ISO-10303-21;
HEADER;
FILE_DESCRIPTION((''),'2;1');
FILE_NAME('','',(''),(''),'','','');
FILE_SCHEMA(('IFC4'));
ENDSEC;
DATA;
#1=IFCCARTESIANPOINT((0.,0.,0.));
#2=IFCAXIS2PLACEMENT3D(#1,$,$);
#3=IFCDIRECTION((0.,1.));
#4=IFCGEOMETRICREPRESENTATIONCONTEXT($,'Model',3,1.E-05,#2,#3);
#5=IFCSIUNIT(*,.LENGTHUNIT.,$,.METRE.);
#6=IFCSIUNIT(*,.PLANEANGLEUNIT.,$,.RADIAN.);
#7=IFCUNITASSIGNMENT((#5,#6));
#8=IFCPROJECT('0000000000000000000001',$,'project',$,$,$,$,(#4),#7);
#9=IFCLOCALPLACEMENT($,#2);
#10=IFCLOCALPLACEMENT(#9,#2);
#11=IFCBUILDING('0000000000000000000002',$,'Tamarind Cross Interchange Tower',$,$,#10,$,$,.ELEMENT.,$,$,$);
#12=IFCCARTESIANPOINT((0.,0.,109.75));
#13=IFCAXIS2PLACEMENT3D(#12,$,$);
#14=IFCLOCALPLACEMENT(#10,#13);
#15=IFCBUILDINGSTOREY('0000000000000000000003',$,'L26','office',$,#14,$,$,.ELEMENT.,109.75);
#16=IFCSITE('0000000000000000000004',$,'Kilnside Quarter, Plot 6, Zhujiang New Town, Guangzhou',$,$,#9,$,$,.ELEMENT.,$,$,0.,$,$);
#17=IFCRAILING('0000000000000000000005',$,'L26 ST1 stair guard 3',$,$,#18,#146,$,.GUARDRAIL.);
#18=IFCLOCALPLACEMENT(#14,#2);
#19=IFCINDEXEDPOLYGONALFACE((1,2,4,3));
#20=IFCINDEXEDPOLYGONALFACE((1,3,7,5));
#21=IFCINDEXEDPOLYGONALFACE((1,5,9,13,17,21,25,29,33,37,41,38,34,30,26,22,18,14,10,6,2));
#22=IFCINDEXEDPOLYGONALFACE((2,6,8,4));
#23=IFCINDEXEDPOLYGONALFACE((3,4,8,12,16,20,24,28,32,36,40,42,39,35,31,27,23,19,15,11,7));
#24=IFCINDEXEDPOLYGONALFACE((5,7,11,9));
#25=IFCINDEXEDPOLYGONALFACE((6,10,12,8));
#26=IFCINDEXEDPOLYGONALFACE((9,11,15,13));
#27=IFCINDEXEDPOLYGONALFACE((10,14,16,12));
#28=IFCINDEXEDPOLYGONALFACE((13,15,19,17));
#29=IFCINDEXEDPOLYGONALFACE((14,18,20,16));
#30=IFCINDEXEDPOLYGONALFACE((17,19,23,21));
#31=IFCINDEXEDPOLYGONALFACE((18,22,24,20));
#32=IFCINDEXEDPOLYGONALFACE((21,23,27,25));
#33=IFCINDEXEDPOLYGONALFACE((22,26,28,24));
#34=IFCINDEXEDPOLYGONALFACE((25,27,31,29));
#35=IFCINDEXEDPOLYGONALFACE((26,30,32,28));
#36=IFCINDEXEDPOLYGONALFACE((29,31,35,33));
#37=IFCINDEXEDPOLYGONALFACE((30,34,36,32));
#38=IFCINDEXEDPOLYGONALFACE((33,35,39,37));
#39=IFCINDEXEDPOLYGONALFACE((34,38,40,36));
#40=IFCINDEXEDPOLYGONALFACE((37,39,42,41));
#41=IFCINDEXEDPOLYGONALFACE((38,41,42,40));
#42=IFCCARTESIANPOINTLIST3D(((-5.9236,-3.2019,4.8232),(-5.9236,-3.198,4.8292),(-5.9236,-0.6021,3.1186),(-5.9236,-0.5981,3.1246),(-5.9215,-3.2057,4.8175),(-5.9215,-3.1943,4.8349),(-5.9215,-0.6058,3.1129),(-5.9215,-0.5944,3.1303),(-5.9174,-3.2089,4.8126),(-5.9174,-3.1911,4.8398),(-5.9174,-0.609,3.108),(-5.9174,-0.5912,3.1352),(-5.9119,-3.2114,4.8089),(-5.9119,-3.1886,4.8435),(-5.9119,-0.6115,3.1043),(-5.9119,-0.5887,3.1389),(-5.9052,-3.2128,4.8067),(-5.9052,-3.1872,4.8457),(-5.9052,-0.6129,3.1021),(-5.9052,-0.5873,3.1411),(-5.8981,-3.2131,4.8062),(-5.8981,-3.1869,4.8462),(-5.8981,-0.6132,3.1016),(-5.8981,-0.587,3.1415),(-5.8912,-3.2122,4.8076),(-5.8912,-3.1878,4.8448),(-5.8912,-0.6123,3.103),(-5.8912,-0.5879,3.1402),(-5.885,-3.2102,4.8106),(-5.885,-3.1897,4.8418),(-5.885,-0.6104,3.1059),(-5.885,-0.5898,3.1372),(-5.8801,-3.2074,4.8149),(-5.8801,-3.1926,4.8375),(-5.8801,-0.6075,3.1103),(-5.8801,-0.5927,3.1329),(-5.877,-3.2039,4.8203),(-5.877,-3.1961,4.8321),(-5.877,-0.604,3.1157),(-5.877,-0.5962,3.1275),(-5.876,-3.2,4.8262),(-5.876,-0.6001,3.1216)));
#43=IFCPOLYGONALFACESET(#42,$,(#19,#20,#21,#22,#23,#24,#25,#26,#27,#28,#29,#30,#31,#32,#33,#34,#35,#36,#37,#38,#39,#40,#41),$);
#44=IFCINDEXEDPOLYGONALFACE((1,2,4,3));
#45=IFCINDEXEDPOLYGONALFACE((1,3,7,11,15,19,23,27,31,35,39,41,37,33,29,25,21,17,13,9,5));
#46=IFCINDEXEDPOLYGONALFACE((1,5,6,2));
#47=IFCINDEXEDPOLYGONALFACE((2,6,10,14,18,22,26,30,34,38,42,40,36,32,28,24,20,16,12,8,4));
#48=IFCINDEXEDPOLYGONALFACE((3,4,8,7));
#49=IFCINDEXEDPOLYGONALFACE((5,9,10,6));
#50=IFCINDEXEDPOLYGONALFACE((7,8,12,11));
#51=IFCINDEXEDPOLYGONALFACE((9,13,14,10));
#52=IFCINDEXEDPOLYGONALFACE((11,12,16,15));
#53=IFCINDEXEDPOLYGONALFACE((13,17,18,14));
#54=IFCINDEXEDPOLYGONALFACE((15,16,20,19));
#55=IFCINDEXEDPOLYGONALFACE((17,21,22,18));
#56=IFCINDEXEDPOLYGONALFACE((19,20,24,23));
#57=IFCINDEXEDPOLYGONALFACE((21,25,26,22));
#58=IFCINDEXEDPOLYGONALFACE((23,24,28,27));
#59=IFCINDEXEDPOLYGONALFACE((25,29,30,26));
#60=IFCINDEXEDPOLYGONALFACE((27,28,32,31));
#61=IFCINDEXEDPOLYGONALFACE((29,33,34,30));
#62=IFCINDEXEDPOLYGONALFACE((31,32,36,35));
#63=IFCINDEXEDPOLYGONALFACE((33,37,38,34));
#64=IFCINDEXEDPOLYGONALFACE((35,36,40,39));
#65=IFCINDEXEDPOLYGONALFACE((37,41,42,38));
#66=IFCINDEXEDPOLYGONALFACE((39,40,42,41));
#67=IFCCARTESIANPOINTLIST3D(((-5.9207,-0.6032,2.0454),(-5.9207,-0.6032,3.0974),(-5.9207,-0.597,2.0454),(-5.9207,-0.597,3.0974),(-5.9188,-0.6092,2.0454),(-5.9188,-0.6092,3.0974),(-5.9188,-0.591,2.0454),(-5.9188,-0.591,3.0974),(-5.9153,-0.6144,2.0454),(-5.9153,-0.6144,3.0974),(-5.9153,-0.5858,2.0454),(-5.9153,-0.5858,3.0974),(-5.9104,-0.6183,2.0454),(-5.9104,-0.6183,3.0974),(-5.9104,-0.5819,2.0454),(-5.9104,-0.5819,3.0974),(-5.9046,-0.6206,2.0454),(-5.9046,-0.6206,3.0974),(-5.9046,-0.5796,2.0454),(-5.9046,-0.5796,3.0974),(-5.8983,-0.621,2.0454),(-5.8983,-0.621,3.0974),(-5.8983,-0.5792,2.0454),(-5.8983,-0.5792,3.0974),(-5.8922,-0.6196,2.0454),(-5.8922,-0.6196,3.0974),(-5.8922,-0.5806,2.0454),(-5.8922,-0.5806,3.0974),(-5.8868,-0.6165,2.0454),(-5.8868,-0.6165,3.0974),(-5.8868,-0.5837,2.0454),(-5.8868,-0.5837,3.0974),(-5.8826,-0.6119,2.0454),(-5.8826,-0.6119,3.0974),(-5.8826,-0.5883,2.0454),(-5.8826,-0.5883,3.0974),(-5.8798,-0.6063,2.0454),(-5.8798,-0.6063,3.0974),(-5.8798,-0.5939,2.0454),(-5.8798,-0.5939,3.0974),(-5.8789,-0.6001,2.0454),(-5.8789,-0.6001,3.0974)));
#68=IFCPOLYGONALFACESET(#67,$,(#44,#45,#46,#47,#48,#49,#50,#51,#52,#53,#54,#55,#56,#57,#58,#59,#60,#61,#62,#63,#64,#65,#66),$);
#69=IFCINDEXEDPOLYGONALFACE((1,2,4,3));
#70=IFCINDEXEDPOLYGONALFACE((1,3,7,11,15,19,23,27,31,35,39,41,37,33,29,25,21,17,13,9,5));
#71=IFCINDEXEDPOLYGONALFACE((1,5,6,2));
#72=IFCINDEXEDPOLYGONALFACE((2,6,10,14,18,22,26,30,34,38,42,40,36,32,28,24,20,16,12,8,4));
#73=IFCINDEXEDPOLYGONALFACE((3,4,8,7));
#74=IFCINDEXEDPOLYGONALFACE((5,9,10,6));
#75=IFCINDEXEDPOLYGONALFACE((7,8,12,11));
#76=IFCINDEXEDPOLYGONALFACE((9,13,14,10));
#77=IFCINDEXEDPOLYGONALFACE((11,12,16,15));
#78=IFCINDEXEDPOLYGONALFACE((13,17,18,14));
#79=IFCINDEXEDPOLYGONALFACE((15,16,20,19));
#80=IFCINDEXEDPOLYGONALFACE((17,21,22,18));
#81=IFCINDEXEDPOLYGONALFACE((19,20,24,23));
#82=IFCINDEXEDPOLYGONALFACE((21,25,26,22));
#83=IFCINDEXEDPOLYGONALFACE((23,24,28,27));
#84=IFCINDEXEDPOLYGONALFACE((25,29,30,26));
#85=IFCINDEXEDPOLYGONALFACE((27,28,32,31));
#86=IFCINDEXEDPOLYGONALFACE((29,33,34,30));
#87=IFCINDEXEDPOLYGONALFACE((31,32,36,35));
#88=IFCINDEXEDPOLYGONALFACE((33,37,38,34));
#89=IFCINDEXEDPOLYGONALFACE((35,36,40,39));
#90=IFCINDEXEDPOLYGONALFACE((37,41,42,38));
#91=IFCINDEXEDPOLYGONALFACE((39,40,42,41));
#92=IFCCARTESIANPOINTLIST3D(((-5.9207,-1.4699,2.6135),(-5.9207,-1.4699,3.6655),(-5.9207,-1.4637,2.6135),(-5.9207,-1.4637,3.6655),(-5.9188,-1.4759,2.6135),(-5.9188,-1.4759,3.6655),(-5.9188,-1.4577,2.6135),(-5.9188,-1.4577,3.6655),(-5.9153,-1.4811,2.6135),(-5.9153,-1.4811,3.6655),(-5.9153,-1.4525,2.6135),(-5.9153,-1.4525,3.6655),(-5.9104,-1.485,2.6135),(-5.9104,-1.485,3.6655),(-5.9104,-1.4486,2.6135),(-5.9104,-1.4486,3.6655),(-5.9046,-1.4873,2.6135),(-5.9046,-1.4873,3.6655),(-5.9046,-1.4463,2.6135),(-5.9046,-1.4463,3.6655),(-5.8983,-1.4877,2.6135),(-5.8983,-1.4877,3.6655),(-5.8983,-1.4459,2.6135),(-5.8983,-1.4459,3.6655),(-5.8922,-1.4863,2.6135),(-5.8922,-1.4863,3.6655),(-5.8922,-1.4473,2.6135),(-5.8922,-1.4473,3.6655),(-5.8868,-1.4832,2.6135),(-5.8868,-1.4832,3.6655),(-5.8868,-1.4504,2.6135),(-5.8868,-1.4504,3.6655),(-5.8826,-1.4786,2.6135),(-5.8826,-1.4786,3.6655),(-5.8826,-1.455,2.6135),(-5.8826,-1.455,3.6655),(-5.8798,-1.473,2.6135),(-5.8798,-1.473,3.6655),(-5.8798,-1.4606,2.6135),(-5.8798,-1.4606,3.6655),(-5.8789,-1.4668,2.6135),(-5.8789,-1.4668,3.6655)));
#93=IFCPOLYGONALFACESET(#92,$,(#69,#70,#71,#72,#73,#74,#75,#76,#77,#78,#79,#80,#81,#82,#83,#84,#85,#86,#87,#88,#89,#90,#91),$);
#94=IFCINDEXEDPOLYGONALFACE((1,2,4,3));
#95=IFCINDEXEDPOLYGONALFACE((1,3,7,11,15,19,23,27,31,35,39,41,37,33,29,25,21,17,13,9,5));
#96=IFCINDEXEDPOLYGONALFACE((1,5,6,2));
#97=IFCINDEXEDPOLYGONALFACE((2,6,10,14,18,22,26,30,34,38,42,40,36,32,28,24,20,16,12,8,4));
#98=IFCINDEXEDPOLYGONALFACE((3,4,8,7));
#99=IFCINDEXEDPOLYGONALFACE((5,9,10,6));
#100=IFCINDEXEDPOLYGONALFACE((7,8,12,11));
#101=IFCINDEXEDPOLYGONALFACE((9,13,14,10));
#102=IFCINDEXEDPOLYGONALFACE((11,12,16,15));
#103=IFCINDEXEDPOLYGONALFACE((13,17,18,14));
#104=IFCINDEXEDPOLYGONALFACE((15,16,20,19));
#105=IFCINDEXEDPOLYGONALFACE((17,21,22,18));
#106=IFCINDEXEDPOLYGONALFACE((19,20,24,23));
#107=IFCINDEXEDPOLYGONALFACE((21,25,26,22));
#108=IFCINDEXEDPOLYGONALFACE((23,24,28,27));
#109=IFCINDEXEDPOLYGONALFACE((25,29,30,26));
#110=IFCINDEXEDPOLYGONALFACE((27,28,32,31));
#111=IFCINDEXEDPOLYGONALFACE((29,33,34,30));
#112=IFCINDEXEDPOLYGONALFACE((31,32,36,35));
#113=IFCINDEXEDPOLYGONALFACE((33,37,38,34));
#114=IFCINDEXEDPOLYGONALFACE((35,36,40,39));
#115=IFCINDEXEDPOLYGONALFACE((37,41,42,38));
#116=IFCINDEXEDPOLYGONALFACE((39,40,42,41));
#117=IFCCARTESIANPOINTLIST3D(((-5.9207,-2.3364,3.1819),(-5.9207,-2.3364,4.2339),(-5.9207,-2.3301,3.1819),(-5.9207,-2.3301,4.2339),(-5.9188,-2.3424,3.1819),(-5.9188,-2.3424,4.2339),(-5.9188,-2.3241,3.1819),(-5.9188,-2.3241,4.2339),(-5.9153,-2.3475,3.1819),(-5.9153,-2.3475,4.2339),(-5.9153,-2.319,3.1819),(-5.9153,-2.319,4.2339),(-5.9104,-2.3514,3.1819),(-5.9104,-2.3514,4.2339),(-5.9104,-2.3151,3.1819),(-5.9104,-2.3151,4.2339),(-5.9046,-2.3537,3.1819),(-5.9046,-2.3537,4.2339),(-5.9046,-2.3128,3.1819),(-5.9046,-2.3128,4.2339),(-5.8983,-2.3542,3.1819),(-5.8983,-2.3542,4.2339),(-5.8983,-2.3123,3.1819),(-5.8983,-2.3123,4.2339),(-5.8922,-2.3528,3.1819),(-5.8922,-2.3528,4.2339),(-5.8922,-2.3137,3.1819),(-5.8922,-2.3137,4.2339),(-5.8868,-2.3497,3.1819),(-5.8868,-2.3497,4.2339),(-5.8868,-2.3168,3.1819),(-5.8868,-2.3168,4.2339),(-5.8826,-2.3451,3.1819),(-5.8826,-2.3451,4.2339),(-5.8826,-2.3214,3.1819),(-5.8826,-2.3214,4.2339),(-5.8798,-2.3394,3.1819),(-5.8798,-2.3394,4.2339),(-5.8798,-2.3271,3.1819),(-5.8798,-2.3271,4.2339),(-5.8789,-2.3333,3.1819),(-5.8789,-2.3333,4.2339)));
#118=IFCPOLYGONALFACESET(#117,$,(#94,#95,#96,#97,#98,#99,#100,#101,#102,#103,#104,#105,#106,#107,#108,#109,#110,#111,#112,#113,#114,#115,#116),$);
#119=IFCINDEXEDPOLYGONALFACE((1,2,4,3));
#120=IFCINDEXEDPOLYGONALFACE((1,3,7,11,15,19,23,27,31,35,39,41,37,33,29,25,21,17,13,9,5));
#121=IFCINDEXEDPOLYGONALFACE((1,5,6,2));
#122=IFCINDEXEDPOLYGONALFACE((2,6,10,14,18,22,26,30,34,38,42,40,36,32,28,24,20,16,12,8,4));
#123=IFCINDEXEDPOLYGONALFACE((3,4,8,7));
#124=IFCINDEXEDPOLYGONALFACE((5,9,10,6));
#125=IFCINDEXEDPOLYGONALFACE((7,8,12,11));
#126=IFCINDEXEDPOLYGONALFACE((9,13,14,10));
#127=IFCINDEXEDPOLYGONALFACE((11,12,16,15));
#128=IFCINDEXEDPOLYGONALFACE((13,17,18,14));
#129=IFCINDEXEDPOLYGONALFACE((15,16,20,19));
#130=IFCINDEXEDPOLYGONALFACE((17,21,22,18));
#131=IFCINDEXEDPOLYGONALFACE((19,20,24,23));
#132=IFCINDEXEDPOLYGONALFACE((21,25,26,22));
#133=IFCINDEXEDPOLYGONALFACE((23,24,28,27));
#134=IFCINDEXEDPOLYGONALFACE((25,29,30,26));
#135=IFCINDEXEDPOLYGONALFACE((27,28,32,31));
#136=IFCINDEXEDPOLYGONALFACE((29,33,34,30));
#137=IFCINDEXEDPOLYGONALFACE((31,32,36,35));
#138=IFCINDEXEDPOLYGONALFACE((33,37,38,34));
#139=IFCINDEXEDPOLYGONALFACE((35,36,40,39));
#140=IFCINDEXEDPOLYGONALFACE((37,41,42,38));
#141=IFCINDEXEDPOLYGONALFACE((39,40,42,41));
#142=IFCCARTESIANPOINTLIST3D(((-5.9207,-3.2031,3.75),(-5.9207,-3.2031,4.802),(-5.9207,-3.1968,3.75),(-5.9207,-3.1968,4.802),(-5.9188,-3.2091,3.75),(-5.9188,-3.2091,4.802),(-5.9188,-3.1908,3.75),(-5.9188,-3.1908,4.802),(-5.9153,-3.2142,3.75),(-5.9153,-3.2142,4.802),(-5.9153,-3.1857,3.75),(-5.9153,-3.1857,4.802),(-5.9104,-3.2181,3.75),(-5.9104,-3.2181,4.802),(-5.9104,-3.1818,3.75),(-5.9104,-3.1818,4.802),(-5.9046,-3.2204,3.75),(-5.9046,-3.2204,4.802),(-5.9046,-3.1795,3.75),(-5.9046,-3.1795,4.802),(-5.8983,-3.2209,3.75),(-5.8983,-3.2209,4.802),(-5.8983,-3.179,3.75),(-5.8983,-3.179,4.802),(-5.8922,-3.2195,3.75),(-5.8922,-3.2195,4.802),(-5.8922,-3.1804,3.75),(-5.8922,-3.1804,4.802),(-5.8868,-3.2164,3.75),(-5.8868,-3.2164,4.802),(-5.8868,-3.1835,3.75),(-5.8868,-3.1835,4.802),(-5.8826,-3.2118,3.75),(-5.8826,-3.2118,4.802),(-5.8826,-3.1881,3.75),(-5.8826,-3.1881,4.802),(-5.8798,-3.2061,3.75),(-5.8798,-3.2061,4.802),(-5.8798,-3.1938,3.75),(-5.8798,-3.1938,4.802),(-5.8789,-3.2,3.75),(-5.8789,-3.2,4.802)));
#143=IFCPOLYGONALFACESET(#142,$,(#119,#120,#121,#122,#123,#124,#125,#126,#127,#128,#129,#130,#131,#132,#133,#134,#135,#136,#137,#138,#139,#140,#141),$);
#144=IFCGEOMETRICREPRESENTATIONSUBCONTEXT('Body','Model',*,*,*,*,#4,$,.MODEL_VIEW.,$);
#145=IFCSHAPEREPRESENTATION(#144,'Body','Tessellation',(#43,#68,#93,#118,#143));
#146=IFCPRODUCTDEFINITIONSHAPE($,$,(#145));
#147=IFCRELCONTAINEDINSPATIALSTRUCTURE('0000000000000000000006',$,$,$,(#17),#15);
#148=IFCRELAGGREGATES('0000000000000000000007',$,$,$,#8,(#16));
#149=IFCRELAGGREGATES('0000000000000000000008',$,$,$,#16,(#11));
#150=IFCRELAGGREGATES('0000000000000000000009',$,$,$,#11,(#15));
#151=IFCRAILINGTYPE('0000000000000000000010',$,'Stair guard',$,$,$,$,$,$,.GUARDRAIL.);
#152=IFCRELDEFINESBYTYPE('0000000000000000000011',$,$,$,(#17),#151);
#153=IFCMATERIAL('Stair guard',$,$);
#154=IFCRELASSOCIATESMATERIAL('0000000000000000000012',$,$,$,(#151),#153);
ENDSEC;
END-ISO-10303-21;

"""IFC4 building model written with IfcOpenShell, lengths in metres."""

from ifc_helpers import new_model, si_unit, direction, frame, origin, origin_2d, place, context, subcontext, project, spatial, circle, extrude, material, type_object, element, save


model = new_model("IFC4")

# Units and contexts
model_context = context("Model", 3, precision=1e-05, world=origin(), true_north=direction((0.0, 1.0)))
body_context = subcontext(model_context, "Body", "Model", "MODEL_VIEW")
ifc_project = project(units=[si_unit("LENGTHUNIT", "METRE"), si_unit("PLANEANGLEUNIT", "RADIAN")], contexts=[model_context])

# Site, building, storey
site_placement = place(None, origin())
site = spatial("IfcSite", under=ifc_project, at=site_placement, Name="Kilnside Quarter, Plot 6, Zhujiang New Town, Guangzhou", CompositionType="ELEMENT", RefElevation=0.0)
building_placement = place(site_placement, origin())
building = spatial("IfcBuilding", under=site, at=building_placement, Name="Tamarind Cross Interchange Tower", CompositionType="ELEMENT")
storey_placement = place(building_placement, frame((0.0, 0.0, 109.75)))
storey = spatial("IfcBuildingStorey", under=building, at=storey_placement, Name="L26", Description="office", CompositionType="ELEMENT", Elevation=109.75)

# Railing
ifc_material_1 = material(Name="Stair guard")
railing_type_1 = type_object("IfcRailingType", Name="Stair guard", PredefinedType="GUARDRAIL", material=ifc_material_1)
railing_1_placement = place(storey_placement, frame((-5.8999, -0.6001, 2.0454)))
element("IfcRailing", 1, at=railing_1_placement, inside=storey, type_object=railing_type_1, Name="L26 ST1 stair guard 3", PredefinedType="GUARDRAIL", context=body_context, shape_type="SweptSolid", body=[
    extrude(circle(Radius=0.0239, at=origin_2d()), frame((0.0, 0.0, 1.0762), z_axis=(0.0, -0.836279, 0.548305), x_axis=(1.0, 0.0, 0.0)), (0.0, 0.0, 1.0), 3.1089),
    extrude(circle(Radius=0.021, at=origin_2d()), origin(), (0.0, 0.0, 1.0), 1.052),
    extrude(circle(Radius=0.021, at=origin_2d()), frame((0.0, -0.8667, 0.5681)), (0.0, 0.0, 1.0), 1.052),
    extrude(circle(Radius=0.021, at=origin_2d()), frame((0.0, -1.7332, 1.1365)), (0.0, 0.0, 1.0), 1.052),
    extrude(circle(Radius=0.021, at=origin_2d()), frame((0.0, -2.5999, 1.7046)), (0.0, 0.0, 1.0), 1.052),
])

save(model, "model.ifc")
